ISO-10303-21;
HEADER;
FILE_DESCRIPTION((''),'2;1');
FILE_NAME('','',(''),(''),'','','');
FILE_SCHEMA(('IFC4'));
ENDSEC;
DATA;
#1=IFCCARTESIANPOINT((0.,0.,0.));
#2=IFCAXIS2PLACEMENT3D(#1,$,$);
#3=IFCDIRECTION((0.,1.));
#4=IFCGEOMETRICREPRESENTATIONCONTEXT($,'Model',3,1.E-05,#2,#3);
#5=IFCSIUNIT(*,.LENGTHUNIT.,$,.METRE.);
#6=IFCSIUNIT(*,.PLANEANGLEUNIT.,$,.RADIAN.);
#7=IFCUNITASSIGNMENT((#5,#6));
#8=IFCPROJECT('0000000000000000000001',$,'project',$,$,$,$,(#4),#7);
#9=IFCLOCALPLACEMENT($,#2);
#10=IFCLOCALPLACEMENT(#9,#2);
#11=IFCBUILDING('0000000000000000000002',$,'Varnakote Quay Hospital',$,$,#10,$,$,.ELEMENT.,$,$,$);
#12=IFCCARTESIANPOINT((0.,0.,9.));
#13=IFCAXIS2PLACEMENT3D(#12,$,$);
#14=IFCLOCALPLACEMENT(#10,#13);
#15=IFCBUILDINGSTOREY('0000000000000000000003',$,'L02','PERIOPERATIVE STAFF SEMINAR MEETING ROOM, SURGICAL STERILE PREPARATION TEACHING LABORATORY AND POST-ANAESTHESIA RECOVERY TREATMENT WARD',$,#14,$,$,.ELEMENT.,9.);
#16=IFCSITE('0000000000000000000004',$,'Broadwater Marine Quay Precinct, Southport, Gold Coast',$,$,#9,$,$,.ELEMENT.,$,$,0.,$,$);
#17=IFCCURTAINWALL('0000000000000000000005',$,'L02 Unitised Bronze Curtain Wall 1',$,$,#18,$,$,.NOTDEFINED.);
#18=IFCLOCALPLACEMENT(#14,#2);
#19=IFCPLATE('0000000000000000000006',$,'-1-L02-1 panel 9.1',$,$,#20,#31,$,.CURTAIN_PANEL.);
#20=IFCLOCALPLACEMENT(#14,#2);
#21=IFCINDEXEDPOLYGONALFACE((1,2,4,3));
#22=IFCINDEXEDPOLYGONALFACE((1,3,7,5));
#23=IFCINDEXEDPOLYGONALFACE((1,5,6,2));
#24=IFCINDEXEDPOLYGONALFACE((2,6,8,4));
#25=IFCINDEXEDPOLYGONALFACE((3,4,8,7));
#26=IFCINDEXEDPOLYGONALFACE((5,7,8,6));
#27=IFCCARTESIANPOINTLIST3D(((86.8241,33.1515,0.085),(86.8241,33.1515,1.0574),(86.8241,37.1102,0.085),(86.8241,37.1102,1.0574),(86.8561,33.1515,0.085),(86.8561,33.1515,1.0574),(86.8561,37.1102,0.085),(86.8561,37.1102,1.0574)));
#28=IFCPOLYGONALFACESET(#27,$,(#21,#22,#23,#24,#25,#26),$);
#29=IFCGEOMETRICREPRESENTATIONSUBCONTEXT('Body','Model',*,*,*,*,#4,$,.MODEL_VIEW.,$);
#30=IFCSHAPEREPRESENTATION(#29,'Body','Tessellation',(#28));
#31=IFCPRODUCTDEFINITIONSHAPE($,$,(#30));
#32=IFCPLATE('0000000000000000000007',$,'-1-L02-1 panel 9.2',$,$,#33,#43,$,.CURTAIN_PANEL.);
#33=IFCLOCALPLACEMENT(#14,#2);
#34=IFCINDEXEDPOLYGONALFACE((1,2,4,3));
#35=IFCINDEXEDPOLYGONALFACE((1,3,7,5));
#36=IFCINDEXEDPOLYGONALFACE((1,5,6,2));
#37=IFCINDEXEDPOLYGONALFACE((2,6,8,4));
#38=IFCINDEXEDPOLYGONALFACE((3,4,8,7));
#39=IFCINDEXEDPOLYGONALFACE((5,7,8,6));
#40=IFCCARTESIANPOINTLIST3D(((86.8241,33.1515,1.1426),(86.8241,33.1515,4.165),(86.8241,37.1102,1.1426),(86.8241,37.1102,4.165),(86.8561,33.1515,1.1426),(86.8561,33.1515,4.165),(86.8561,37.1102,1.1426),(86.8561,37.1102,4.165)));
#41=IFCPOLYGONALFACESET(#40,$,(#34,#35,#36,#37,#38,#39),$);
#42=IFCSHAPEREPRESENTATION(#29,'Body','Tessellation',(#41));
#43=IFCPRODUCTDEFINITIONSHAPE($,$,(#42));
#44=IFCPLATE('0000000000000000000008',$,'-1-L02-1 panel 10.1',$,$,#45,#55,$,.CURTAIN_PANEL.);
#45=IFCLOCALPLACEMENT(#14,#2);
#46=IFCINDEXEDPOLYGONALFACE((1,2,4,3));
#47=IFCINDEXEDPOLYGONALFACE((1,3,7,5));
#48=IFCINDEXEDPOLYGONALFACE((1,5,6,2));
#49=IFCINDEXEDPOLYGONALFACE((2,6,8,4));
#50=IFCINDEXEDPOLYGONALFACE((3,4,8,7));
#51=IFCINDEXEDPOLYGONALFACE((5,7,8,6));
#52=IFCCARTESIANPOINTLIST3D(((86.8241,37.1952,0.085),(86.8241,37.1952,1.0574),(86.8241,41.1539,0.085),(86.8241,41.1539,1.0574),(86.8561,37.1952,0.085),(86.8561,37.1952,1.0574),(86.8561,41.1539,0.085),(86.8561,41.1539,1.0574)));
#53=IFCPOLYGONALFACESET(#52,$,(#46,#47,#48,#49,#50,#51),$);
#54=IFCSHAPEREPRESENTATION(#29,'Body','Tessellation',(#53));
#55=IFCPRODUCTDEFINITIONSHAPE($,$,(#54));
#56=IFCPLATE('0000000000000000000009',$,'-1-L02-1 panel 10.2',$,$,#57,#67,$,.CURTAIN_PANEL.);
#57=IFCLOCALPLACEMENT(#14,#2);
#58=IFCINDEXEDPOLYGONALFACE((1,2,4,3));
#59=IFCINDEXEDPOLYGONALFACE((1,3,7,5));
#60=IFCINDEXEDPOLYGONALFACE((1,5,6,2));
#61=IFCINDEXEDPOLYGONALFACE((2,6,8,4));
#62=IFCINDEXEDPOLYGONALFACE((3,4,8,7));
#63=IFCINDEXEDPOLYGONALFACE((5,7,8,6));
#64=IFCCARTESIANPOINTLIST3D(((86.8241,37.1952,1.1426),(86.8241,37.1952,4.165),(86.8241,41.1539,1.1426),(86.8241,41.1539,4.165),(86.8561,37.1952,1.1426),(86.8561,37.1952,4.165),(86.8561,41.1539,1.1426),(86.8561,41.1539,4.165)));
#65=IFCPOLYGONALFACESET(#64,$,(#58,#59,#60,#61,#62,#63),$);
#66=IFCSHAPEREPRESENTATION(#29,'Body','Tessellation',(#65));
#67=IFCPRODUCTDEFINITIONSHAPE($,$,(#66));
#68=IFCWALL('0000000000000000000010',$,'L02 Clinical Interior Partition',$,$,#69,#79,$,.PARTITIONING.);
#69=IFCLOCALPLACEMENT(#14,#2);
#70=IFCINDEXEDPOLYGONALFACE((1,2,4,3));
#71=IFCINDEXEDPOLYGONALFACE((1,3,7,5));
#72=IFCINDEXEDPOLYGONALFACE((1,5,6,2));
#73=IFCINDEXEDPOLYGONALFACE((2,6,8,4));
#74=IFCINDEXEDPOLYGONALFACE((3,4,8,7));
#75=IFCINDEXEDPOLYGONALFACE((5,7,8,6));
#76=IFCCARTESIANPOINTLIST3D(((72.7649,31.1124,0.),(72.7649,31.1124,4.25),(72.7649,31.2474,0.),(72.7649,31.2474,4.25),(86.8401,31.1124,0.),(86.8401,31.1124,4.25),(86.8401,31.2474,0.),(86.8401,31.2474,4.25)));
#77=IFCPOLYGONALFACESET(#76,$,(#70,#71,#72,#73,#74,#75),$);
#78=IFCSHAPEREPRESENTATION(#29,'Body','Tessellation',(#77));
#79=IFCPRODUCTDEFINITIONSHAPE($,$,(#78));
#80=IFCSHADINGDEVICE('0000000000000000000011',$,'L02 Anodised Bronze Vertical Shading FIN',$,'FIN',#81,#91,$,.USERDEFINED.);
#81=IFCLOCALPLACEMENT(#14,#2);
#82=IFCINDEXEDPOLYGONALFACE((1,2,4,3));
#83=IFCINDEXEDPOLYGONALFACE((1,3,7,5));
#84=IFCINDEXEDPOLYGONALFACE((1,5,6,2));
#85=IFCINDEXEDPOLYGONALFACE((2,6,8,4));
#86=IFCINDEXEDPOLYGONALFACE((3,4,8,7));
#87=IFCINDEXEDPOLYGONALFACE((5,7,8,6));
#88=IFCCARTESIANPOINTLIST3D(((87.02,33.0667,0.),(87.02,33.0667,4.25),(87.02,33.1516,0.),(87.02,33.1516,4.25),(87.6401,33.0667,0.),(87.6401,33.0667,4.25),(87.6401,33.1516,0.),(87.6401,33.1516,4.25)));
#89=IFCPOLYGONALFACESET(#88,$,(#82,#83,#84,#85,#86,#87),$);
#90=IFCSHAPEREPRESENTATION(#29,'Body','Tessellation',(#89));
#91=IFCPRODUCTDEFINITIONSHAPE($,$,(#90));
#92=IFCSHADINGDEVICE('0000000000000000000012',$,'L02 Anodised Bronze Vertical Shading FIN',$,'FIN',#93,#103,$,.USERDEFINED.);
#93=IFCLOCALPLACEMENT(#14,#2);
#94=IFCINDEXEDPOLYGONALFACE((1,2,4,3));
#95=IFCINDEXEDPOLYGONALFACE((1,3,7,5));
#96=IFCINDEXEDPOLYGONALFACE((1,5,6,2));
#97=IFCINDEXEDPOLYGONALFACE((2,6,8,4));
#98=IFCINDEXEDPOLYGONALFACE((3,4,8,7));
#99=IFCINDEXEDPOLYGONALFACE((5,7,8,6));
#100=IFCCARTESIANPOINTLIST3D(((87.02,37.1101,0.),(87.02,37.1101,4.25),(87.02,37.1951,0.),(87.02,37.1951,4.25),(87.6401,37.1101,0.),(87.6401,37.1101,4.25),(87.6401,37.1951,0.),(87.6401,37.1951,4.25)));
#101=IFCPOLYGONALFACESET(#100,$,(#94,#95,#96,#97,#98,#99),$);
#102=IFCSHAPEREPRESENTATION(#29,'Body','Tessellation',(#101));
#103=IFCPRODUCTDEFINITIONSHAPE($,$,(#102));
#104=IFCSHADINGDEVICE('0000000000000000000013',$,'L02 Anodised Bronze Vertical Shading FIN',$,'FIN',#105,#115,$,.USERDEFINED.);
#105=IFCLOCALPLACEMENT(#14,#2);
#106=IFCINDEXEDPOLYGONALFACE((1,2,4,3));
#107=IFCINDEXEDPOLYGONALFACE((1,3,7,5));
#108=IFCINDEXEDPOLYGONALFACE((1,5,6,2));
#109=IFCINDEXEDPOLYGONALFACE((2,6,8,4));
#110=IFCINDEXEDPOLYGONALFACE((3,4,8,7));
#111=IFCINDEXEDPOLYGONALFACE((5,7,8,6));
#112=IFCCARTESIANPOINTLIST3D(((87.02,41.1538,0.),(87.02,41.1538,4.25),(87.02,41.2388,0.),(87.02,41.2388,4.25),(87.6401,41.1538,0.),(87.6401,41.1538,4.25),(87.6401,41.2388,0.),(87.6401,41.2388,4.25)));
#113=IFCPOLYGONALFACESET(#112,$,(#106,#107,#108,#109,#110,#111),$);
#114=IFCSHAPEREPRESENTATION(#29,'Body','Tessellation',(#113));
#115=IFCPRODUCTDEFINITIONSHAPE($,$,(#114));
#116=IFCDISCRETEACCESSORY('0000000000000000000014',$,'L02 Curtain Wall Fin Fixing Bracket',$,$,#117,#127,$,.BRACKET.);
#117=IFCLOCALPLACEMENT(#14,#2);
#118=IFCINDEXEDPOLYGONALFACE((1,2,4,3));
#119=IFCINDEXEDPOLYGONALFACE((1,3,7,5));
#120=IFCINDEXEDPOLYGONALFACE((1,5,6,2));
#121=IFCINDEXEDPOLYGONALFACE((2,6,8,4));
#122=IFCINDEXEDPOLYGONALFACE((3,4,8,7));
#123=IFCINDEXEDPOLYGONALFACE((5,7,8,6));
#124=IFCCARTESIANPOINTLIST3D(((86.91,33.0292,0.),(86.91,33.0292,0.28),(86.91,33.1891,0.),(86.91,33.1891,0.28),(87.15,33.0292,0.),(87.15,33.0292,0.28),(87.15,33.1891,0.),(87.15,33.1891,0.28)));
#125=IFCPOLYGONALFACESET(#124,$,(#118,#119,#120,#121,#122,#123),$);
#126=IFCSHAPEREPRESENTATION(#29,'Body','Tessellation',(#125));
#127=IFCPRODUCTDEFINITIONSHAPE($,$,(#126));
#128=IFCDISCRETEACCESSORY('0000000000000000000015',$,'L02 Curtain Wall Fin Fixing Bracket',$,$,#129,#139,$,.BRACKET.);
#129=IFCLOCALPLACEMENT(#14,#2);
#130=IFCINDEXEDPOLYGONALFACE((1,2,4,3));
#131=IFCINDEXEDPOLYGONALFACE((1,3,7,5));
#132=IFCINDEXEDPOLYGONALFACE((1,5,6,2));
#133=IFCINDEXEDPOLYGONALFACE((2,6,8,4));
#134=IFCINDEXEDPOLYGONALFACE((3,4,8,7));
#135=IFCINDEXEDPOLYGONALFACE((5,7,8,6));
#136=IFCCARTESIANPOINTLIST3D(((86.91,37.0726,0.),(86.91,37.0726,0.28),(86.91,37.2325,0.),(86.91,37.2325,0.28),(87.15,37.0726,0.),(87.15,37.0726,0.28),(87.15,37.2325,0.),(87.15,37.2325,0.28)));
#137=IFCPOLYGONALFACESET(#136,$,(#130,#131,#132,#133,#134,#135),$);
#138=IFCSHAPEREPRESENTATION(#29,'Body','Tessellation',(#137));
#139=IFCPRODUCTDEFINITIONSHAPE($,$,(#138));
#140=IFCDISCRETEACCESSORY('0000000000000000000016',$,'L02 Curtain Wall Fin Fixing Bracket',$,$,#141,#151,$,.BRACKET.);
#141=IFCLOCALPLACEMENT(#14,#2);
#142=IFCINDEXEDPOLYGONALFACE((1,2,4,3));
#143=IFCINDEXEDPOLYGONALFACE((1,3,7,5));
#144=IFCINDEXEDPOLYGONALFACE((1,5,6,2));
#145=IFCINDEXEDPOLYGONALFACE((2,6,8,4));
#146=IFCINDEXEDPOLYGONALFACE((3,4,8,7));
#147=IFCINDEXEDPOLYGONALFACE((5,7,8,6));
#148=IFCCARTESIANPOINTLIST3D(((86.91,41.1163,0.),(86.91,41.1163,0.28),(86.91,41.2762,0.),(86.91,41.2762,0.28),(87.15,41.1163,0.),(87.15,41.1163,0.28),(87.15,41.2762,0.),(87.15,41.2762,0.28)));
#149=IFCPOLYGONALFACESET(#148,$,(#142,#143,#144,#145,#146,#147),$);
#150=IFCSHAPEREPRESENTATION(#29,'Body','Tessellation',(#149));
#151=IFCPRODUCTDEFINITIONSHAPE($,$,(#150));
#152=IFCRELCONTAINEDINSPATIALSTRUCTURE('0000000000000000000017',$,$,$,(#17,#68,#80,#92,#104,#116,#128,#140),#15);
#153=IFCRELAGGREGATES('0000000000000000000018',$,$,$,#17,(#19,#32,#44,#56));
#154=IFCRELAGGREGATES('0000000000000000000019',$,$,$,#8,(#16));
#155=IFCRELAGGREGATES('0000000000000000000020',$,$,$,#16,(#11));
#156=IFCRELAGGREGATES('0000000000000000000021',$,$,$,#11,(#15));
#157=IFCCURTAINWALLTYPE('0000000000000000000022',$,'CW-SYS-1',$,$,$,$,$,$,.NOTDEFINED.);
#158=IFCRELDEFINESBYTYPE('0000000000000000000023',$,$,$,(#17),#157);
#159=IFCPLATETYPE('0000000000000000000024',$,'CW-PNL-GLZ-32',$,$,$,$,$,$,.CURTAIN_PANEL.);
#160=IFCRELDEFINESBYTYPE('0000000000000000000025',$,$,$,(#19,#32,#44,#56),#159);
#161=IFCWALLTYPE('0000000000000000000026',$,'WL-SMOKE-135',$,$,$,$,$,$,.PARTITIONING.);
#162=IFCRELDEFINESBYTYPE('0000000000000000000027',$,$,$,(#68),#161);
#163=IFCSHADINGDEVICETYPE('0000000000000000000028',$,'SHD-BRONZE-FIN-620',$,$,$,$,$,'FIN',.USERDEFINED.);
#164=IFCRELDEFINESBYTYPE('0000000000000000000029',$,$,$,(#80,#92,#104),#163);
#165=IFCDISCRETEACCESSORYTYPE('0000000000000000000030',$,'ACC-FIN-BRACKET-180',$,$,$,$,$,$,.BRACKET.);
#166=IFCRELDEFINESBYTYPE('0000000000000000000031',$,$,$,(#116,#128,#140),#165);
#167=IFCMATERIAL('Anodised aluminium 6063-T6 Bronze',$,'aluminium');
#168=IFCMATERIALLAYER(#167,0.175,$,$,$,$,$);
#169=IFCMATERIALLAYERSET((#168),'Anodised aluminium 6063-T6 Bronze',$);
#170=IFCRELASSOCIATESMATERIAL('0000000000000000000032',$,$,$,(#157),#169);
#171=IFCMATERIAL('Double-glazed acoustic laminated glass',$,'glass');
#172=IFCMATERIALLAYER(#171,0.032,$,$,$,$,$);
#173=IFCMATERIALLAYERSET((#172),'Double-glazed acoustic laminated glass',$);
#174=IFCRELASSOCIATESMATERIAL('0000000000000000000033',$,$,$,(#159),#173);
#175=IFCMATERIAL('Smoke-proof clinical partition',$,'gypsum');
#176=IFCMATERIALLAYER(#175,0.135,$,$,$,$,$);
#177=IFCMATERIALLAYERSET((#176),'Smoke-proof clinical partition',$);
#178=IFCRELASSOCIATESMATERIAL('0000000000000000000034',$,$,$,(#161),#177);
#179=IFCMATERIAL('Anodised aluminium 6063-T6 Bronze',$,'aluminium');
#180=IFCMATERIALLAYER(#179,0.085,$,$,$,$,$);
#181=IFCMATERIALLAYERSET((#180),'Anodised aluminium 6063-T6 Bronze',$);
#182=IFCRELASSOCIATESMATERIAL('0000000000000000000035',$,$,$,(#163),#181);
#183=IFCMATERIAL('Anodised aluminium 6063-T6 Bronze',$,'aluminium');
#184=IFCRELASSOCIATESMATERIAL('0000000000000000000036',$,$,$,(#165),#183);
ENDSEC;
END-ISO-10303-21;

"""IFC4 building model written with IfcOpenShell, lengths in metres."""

from ifc_helpers import new_model, si_unit, direction, frame, frame_2d, origin, origin_2d, place, context, subcontext, project, spatial, rectangle, extrude, material, layer, layer_set, type_object, element, aggregate, save


model = new_model("IFC4")

# Units and contexts
model_context = context("Model", 3, precision=1e-05, world=origin(), true_north=direction((0.0, 1.0)))
body_context = subcontext(model_context, "Body", "Model", "MODEL_VIEW")
ifc_project = project(units=[si_unit("LENGTHUNIT", "METRE"), si_unit("PLANEANGLEUNIT", "RADIAN")], contexts=[model_context])

# Site, building, storey
site_placement = place(None, origin())
site = spatial("IfcSite", under=ifc_project, at=site_placement, Name="Broadwater Marine Quay Precinct, Southport, Gold Coast", CompositionType="ELEMENT", RefElevation=0.0)
building_placement = place(site_placement, origin())
building = spatial("IfcBuilding", under=site, at=building_placement, Name="Varnakote Quay Hospital", CompositionType="ELEMENT")
storey_placement = place(building_placement, frame((0.0, 0.0, 9.0)))
storey = spatial("IfcBuildingStorey", under=building, at=storey_placement, Name="L02", Description="PERIOPERATIVE STAFF SEMINAR MEETING ROOM, SURGICAL STERILE PREPARATION TEACHING LABORATORY AND POST-ANAESTHESIA RECOVERY TREATMENT WARD", CompositionType="ELEMENT", Elevation=9.0)

# Curtain wall
ifc_material_1 = material(Name="Anodised aluminium 6063-T6 Bronze", Category="aluminium")
ifc_layer_1 = layer(ifc_material_1, 0.175)
ifc_layer_set_1 = layer_set([ifc_layer_1], Name="Anodised aluminium 6063-T6 Bronze")
curtain_wall_type = type_object("IfcCurtainWallType", Name="CW-SYS-1", PredefinedType="NOTDEFINED", material=ifc_layer_set_1)
curtain_wall_placement = place(storey_placement, origin())
curtain_wall = element("IfcCurtainWall", 1, at=curtain_wall_placement, inside=storey, type_object=curtain_wall_type, Name="L02 Unitised Bronze Curtain Wall 1", PredefinedType="NOTDEFINED")

# Plates
ifc_material_2 = material(Name="Double-glazed acoustic laminated glass", Category="glass")
ifc_layer_2 = layer(ifc_material_2, 0.032)
ifc_layer_set_2 = layer_set([ifc_layer_2], Name="Double-glazed acoustic laminated glass")
plate_type = type_object("IfcPlateType", Name="CW-PNL-GLZ-32", PredefinedType="CURTAIN_PANEL", material=ifc_layer_set_2)
plate_1_placement = place(storey_placement, frame((86.8401, 35.1309, 0.085), z_axis=(0.0, 0.0, 1.0), x_axis=(0.0, 1.0, 0.0)))
plate_1 = element("IfcPlate", 2, at=plate_1_placement, type_object=plate_type, Name="-1-L02-1 panel 9.1", PredefinedType="CURTAIN_PANEL", context=body_context, shape_type="SweptSolid", body=[
    extrude(rectangle(XDim=3.9587, YDim=0.032, at=origin_2d()), origin(), (0.0, 0.0, 1.0), 0.9724),
])
plate_2_placement = place(storey_placement, frame((86.8401, 35.1309, 1.1426), z_axis=(0.0, 0.0, 1.0), x_axis=(0.0, 1.0, 0.0)))
plate_2 = element("IfcPlate", 3, at=plate_2_placement, type_object=plate_type, Name="-1-L02-1 panel 9.2", PredefinedType="CURTAIN_PANEL", context=body_context, shape_type="SweptSolid", body=[
    extrude(rectangle(XDim=3.9587, YDim=0.032, at=origin_2d()), origin(), (0.0, 0.0, 1.0), 3.0225),
])
plate_3_placement = place(storey_placement, frame((86.8401, 39.1746, 0.085), z_axis=(0.0, 0.0, 1.0), x_axis=(0.0, 1.0, 0.0)))
plate_3 = element("IfcPlate", 4, at=plate_3_placement, type_object=plate_type, Name="-1-L02-1 panel 10.1", PredefinedType="CURTAIN_PANEL", context=body_context, shape_type="SweptSolid", body=[
    extrude(rectangle(XDim=3.9587, YDim=0.032, at=origin_2d()), origin(), (0.0, 0.0, 1.0), 0.9724),
])
plate_4_placement = place(storey_placement, frame((86.8401, 39.1746, 1.1426), z_axis=(0.0, 0.0, 1.0), x_axis=(0.0, 1.0, 0.0)))
plate_4 = element("IfcPlate", 5, at=plate_4_placement, type_object=plate_type, Name="-1-L02-1 panel 10.2", PredefinedType="CURTAIN_PANEL", context=body_context, shape_type="SweptSolid", body=[
    extrude(rectangle(XDim=3.9587, YDim=0.032, at=origin_2d()), origin(), (0.0, 0.0, 1.0), 3.0225),
])
aggregate(curtain_wall, [plate_1, plate_2, plate_3, plate_4])

# Wall
ifc_material_3 = material(Name="Smoke-proof clinical partition", Category="gypsum")
ifc_layer_3 = layer(ifc_material_3, 0.135)
ifc_layer_set_3 = layer_set([ifc_layer_3], Name="Smoke-proof clinical partition")
wall_type = type_object("IfcWallType", Name="WL-SMOKE-135", PredefinedType="PARTITIONING", material=ifc_layer_set_3)
wall_placement = place(storey_placement, frame((86.8401, 31.1799, 0.0), z_axis=(0.0, 0.0, 1.0), x_axis=(-1.0, 0.0, 0.0)))
element("IfcWall", 6, at=wall_placement, inside=storey, type_object=wall_type, Name="L02 Clinical Interior Partition", PredefinedType="PARTITIONING", context=body_context, shape_type="SweptSolid", body=[
    extrude(rectangle(XDim=14.0752, YDim=0.135, at=frame_2d((7.0376, 0.0))), origin(), (0.0, 0.0, 1.0), 4.25),
])

# Shading devices
ifc_material_4 = material(Name="Anodised aluminium 6063-T6 Bronze", Category="aluminium")
ifc_layer_4 = layer(ifc_material_4, 0.085)
ifc_layer_set_4 = layer_set([ifc_layer_4], Name="Anodised aluminium 6063-T6 Bronze")
shading_device_type = type_object("IfcShadingDeviceType", Name="SHD-BRONZE-FIN-620", ElementType="FIN", PredefinedType="USERDEFINED", material=ifc_layer_set_4)
for number, where, z_axis, x_axis, name in (
    (7, (87.3301, 33.1091, 0.0), (0.0, 0.0, 1.0), (-1.0, 0.0, 0.0), "L02 Anodised Bronze Vertical Shading FIN"),
    (8, (87.3301, 37.1526, 0.0), (0.0, 0.0, 1.0), (-1.0, 0.0, 0.0), "L02 Anodised Bronze Vertical Shading FIN"),
    (9, (87.3301, 41.1963, 0.0), (0.0, 0.0, 1.0), (-1.0, 0.0, 0.0), "L02 Anodised Bronze Vertical Shading FIN"),
):
    element("IfcShadingDevice", number, at=place(storey_placement, frame(where, z_axis=z_axis, x_axis=x_axis)), inside=storey, type_object=shading_device_type, Name=name, ObjectType="FIN", PredefinedType="USERDEFINED", context=body_context, shape_type="SweptSolid", body=[
        extrude(rectangle(XDim=0.6201, YDim=0.085, at=origin_2d()), origin(), (0.0, 0.0, 1.0), 4.25),
    ])

# Discrete accessories
ifc_material_5 = material(Name="Anodised aluminium 6063-T6 Bronze", Category="aluminium")
discrete_accessory_type = type_object("IfcDiscreteAccessoryType", Name="ACC-FIN-BRACKET-180", PredefinedType="BRACKET", material=ifc_material_5)
for number, where, z_axis, x_axis, name in (
    (10, (87.03, 33.1091, 0.0), (0.0, 0.0, 1.0), (0.0, 1.0, 0.0), "L02 Curtain Wall Fin Fixing Bracket"),
    (11, (87.03, 37.1526, 0.0), (0.0, 0.0, 1.0), (0.0, 1.0, 0.0), "L02 Curtain Wall Fin Fixing Bracket"),
    (12, (87.03, 41.1963, 0.0), (0.0, 0.0, 1.0), (0.0, 1.0, 0.0), "L02 Curtain Wall Fin Fixing Bracket"),
):
    element("IfcDiscreteAccessory", number, at=place(storey_placement, frame(where, z_axis=z_axis, x_axis=x_axis)), inside=storey, type_object=discrete_accessory_type, Name=name, PredefinedType="BRACKET", context=body_context, shape_type="SweptSolid", body=[
        extrude(rectangle(XDim=0.1599, YDim=0.24, at=origin_2d()), origin(), (0.0, 0.0, 1.0), 0.28),
    ])

save(model, "model.ifc")
